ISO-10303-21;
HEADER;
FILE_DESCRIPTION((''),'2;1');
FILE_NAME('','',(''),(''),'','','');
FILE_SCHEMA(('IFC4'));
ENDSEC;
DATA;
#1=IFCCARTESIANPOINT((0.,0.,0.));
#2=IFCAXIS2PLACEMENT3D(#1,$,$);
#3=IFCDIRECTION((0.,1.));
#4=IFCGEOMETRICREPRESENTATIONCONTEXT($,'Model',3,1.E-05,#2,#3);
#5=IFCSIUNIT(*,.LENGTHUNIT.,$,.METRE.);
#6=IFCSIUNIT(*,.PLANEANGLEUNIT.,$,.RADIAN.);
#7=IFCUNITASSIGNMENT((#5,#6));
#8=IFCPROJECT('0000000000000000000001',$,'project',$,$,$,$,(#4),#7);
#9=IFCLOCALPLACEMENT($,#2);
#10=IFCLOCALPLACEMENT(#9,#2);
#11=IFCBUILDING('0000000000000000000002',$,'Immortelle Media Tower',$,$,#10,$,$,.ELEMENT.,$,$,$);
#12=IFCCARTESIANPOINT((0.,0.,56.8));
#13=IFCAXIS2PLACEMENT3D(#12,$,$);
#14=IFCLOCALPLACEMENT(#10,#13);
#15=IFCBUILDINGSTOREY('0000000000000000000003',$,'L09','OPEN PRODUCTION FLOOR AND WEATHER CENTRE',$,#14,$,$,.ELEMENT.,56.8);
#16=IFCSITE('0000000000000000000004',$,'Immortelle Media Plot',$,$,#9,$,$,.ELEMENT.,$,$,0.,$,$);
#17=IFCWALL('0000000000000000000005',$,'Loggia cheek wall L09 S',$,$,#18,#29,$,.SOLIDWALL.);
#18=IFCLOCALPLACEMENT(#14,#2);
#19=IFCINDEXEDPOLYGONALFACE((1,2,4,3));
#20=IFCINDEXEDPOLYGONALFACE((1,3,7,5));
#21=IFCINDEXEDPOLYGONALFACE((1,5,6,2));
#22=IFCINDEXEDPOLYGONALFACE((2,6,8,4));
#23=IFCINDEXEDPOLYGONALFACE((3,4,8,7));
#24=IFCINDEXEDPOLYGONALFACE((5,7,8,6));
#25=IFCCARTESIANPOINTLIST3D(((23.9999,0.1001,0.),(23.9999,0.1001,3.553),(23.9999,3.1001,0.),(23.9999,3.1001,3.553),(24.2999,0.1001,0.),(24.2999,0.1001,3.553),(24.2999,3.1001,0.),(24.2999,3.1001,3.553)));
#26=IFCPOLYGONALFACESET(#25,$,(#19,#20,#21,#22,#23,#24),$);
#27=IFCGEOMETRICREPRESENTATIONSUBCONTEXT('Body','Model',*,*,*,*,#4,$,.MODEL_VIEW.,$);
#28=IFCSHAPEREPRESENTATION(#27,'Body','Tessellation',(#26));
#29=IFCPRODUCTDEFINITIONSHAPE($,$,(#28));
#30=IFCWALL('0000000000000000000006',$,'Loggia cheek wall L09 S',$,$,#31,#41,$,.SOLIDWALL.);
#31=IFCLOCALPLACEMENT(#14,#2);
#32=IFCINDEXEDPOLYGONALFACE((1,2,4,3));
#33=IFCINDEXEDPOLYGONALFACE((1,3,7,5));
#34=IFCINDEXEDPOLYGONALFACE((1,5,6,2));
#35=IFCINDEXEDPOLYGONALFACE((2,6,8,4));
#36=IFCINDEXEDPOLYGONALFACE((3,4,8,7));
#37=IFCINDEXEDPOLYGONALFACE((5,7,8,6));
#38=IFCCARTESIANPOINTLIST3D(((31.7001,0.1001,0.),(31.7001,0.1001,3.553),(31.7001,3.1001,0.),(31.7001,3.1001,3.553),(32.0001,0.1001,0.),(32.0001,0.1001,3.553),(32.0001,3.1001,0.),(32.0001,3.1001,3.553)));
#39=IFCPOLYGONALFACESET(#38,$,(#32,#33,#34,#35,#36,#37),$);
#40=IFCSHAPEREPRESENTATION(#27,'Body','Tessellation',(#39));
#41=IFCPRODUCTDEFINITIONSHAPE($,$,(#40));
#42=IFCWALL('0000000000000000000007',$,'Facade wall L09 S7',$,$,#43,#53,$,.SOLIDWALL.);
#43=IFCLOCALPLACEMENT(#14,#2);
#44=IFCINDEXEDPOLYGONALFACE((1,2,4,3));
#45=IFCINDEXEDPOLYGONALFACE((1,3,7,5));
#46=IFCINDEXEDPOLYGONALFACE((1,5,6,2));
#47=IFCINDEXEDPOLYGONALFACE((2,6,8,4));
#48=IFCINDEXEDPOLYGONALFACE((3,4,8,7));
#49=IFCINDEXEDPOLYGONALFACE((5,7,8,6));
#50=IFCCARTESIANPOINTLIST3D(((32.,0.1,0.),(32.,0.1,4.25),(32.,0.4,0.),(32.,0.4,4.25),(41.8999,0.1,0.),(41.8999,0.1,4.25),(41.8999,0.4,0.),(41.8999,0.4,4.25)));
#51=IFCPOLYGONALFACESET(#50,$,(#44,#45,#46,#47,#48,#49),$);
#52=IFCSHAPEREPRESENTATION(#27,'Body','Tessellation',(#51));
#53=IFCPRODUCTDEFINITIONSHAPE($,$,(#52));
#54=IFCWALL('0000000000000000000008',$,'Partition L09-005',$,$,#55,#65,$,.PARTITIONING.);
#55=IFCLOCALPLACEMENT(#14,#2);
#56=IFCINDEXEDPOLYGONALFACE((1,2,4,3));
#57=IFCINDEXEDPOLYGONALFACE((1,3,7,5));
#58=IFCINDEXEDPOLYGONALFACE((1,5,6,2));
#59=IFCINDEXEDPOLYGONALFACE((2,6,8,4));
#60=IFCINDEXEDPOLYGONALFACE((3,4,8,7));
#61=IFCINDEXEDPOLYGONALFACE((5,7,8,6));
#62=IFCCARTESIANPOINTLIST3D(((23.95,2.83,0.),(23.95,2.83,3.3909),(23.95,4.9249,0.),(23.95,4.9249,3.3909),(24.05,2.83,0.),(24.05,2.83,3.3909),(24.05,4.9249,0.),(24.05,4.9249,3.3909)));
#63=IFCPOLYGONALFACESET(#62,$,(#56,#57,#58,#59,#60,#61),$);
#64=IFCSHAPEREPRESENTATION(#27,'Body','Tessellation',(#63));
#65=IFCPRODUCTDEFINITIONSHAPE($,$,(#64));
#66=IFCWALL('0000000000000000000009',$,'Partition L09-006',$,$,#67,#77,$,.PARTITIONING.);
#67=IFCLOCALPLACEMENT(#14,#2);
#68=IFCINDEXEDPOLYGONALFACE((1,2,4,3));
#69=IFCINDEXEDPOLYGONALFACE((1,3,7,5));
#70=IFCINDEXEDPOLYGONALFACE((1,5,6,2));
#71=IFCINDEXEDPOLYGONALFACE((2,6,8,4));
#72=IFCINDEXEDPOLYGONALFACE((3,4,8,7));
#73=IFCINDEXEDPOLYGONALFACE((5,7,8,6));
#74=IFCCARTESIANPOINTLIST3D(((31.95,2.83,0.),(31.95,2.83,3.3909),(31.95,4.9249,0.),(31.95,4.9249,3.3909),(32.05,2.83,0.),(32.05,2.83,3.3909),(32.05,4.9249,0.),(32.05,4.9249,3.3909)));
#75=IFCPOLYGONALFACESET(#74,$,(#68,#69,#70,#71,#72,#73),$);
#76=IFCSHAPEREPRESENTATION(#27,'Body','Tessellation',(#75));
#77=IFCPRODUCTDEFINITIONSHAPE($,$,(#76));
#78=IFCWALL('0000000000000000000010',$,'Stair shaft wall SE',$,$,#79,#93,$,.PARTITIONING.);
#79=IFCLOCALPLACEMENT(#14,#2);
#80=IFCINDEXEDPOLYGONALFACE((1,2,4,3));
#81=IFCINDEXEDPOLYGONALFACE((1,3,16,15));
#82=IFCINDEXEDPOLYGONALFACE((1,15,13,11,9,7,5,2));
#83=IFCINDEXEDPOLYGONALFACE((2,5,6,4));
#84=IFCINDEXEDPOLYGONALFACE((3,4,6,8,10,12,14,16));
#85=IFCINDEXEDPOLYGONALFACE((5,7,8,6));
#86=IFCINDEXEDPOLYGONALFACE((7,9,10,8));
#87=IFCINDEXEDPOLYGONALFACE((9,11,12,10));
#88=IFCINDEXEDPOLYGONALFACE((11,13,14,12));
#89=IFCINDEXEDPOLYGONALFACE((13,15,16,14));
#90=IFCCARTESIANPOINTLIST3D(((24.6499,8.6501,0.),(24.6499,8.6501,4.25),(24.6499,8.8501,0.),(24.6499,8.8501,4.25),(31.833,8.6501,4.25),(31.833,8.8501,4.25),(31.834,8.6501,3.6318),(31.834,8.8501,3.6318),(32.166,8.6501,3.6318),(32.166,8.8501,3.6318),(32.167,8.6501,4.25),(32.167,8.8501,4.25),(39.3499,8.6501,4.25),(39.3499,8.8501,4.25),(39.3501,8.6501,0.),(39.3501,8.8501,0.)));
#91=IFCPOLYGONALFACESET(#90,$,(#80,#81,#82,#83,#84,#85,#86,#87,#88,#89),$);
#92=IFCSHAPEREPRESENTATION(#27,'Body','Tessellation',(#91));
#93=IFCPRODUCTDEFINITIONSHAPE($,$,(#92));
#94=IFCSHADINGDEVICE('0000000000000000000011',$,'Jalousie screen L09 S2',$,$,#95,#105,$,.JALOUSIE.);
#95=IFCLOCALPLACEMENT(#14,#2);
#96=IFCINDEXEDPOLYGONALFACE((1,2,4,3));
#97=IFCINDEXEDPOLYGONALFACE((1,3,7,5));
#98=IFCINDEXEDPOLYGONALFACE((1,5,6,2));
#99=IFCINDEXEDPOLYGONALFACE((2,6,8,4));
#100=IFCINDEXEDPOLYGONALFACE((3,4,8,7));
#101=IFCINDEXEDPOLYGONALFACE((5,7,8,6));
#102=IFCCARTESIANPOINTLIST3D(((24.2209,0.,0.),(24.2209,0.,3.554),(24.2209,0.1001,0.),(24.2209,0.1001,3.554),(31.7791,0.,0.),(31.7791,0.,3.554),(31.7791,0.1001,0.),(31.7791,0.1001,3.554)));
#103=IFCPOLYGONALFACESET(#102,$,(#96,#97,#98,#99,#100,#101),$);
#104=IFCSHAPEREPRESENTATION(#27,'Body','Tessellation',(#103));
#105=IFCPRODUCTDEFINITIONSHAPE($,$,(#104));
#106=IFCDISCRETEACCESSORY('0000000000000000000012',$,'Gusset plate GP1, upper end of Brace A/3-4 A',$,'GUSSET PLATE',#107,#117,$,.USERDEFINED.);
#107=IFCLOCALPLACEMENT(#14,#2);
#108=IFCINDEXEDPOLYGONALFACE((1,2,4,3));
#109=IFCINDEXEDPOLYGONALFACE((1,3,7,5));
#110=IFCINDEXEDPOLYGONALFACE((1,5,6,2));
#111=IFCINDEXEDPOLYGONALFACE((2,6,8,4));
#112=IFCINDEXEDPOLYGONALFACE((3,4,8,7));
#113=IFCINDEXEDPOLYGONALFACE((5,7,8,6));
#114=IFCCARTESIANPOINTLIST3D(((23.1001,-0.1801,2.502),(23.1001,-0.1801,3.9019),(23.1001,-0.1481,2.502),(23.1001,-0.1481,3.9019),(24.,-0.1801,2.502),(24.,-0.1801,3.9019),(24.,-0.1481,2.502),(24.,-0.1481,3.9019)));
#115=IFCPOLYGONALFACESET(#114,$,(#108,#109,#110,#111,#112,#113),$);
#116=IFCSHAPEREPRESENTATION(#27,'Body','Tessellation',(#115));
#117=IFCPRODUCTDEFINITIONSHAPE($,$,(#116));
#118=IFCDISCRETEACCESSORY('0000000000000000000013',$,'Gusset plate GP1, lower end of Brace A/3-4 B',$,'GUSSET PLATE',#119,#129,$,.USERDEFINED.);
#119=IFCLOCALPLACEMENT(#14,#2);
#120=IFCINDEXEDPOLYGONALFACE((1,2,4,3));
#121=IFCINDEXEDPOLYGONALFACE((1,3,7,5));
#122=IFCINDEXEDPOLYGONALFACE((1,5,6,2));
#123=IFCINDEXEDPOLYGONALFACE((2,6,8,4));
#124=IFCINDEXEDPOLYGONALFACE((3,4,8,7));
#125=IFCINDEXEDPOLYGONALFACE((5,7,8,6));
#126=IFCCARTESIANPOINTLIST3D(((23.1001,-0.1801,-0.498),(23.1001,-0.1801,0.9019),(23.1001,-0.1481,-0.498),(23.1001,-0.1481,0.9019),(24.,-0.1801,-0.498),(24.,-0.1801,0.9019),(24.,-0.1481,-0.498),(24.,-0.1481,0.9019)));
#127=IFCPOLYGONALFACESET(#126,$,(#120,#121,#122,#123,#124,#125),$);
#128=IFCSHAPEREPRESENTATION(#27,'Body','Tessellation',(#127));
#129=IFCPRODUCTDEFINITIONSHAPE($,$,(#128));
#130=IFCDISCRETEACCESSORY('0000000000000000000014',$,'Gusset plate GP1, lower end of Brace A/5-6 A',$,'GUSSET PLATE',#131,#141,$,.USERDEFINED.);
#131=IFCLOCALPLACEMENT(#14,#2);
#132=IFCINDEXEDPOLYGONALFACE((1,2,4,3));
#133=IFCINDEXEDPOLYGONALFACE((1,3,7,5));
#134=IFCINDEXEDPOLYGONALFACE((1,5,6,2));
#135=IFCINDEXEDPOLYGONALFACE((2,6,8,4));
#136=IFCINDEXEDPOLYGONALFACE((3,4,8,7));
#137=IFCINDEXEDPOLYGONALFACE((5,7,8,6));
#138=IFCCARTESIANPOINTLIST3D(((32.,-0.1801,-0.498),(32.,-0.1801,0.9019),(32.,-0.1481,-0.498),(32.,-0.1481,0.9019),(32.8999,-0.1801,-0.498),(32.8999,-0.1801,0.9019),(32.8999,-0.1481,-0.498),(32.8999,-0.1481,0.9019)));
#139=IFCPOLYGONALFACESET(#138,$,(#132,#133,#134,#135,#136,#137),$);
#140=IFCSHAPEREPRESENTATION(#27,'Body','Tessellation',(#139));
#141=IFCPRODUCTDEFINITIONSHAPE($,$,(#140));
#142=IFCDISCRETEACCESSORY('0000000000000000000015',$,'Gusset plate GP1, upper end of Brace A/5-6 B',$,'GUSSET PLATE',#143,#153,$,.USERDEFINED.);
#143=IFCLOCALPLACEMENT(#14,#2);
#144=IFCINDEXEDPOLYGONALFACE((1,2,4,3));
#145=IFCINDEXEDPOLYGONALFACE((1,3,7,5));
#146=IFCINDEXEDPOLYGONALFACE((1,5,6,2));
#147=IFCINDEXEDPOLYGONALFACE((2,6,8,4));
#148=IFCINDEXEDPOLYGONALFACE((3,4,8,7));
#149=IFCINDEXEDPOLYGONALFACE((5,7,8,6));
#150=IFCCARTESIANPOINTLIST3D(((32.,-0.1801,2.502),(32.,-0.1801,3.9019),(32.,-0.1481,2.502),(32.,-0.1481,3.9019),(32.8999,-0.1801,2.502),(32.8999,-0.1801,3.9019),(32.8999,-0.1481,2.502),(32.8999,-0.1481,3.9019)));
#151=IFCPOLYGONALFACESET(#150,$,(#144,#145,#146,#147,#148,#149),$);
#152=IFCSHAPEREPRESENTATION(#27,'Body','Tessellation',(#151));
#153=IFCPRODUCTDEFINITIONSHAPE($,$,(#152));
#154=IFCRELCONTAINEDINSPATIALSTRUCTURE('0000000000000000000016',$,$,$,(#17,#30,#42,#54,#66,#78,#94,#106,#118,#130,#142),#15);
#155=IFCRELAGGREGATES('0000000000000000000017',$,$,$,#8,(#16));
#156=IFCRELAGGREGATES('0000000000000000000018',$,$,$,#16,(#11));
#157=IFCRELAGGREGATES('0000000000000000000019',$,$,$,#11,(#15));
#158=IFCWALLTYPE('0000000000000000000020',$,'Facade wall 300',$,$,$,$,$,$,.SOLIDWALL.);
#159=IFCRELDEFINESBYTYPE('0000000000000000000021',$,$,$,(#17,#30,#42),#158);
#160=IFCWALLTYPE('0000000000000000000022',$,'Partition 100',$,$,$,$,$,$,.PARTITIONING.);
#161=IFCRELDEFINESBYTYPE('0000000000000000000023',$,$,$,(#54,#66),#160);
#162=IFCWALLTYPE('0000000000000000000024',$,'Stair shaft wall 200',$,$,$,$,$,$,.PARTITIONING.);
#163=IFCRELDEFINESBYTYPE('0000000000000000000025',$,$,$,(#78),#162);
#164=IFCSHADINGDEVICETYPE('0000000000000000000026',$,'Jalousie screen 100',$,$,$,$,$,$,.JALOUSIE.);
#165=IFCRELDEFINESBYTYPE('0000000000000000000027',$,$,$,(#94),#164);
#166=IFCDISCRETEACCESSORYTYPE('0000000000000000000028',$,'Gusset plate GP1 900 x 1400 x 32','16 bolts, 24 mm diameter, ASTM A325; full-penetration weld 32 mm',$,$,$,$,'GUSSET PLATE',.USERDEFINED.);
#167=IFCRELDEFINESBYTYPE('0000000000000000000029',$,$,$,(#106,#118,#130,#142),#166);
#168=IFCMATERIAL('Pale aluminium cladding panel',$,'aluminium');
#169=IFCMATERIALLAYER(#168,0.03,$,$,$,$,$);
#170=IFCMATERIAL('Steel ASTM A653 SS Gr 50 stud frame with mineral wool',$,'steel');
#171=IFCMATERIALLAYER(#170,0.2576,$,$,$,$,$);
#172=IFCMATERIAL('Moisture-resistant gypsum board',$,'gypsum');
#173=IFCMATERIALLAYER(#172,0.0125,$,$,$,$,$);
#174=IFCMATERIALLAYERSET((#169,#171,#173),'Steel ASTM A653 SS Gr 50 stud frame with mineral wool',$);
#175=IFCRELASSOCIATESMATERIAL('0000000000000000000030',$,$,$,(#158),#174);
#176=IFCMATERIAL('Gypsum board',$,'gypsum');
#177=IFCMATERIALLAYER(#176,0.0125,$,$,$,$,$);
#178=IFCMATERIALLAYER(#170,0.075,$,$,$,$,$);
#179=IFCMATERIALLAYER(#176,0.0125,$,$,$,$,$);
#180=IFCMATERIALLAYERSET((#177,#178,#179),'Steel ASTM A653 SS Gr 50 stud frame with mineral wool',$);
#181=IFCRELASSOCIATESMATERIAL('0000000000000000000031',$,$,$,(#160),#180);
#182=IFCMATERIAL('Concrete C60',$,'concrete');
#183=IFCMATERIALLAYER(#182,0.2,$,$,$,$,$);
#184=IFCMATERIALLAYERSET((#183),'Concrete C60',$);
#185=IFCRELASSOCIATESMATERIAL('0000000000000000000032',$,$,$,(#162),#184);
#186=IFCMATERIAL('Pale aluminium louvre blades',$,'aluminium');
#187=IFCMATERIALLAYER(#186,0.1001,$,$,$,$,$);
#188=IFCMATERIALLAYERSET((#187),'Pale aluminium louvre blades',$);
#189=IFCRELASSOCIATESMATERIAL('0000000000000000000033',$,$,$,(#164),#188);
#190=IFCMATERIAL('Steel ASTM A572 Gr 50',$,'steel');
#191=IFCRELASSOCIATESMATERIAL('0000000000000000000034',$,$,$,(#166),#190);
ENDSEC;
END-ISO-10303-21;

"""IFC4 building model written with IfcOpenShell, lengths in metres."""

from ifc_helpers import new_model, si_unit, direction, frame, frame_2d, origin, origin_2d, place, context, subcontext, project, spatial, polyline, rectangle, outline, extrude, material, layer, layer_set, material_profile, profile_set, type_object, element, save


model = new_model("IFC4")

# Units and contexts
model_context = context("Model", 3, precision=1e-05, world=origin(), true_north=direction((0.0, 1.0)))
body_context = subcontext(model_context, "Body", "Model", "MODEL_VIEW")
ifc_project = project(units=[si_unit("LENGTHUNIT", "METRE"), si_unit("PLANEANGLEUNIT", "RADIAN")], contexts=[model_context])

# Site, building, storey
site_placement = place(None, origin())
site = spatial("IfcSite", under=ifc_project, at=site_placement, Name="Immortelle Media Plot", CompositionType="ELEMENT", RefElevation=0.0)
building_placement = place(site_placement, origin())
building = spatial("IfcBuilding", under=site, at=building_placement, Name="Immortelle Media Tower", CompositionType="ELEMENT")
storey_placement = place(building_placement, frame((0.0, 0.0, 56.8)))
storey = spatial("IfcBuildingStorey", under=building, at=storey_placement, Name="L09", Description="OPEN PRODUCTION FLOOR AND WEATHER CENTRE", CompositionType="ELEMENT", Elevation=56.8)

# Shared definitions
ifc_material_1 = material(Name="Steel ASTM A653 SS Gr 50 stud frame with mineral wool", Category="steel")

# Shared definitions
ifc_material_2 = material(Name="Pale aluminium cladding panel", Category="aluminium")
ifc_layer_1 = layer(ifc_material_2, 0.03)
ifc_layer_2 = layer(ifc_material_1, 0.2576)
ifc_material_3 = material(Name="Moisture-resistant gypsum board", Category="gypsum")
ifc_layer_3 = layer(ifc_material_3, 0.0125)
ifc_layer_set_1 = layer_set([ifc_layer_1, ifc_layer_2, ifc_layer_3], Name="Steel ASTM A653 SS Gr 50 stud frame with mineral wool")
wall_type_1 = type_object("IfcWallType", Name="Facade wall 300", PredefinedType="SOLIDWALL", material=ifc_layer_set_1)

# Walls
for number, where, z_axis, x_axis, name in (
    (1, (24.1499, 0.1001, 0.0), (0.0, 0.0, 1.0), (0.0, 1.0, 0.0), "Loggia cheek wall L09 S"),
    (2, (31.8501, 0.1001, 0.0), (0.0, 0.0, 1.0), (0.0, 1.0, 0.0), "Loggia cheek wall L09 S"),
):
    element("IfcWall", number, at=place(storey_placement, frame(where, z_axis=z_axis, x_axis=x_axis)), inside=storey, type_object=wall_type_1, Name=name, PredefinedType="SOLIDWALL", context=body_context, shape_type="SweptSolid", body=[
        extrude(rectangle(XDim=3.0, YDim=0.3, at=frame_2d((1.5, 0.0))), origin(), (0.0, 0.0, 1.0), 3.553),
    ])
wall_1_placement = place(storey_placement, frame((32.0, 0.25, 0.0), z_axis=(0.0, 0.0, 1.0), x_axis=(1.0, 0.0, 0.0)))
element("IfcWall", 3, at=wall_1_placement, inside=storey, type_object=wall_type_1, Name="Facade wall L09 S7", PredefinedType="SOLIDWALL", context=body_context, shape_type="SweptSolid", body=[
    extrude(rectangle(XDim=9.8999, YDim=0.3, at=frame_2d((4.95, 0.0))), origin(), (0.0, 0.0, 1.0), 4.25),
])
ifc_material_4 = material(Name="Gypsum board", Category="gypsum")
ifc_layer_4 = layer(ifc_material_4, 0.0125)
ifc_layer_5 = layer(ifc_material_1, 0.075)
ifc_layer_6 = layer(ifc_material_4, 0.0125)
ifc_layer_set_2 = layer_set([ifc_layer_4, ifc_layer_5, ifc_layer_6], Name="Steel ASTM A653 SS Gr 50 stud frame with mineral wool")
wall_type_2 = type_object("IfcWallType", Name="Partition 100", PredefinedType="PARTITIONING", material=ifc_layer_set_2)
for number, where, z_axis, x_axis, name in (
    (4, (24.0, 2.8301, 0.0), (0.0, 0.0, 1.0), (0.0, 1.0, 0.0), "Partition L09-005"),
    (5, (32.0, 2.8301, 0.0), (0.0, 0.0, 1.0), (0.0, 1.0, 0.0), "Partition L09-006"),
):
    element("IfcWall", number, at=place(storey_placement, frame(where, z_axis=z_axis, x_axis=x_axis)), inside=storey, type_object=wall_type_2, Name=name, PredefinedType="PARTITIONING", context=body_context, shape_type="SweptSolid", body=[
        extrude(rectangle(XDim=2.095, YDim=0.1001, at=frame_2d((1.0474, 0.0))), origin(), (0.0, 0.0, 1.0), 3.3909),
    ])
ifc_material_5 = material(Name="Concrete C60", Category="concrete")
ifc_layer_7 = layer(ifc_material_5, 0.2)
ifc_layer_set_3 = layer_set([ifc_layer_7], Name="Concrete C60")
wall_type_3 = type_object("IfcWallType", Name="Stair shaft wall 200", PredefinedType="PARTITIONING", material=ifc_layer_set_3)
wall_2_placement = place(storey_placement, frame((24.6499, 8.75, 0.0), z_axis=(0.0, 0.0, 1.0), x_axis=(1.0, 0.0, 0.0)))
element("IfcWall", 6, at=wall_2_placement, inside=storey, type_object=wall_type_3, Name="Stair shaft wall SE", PredefinedType="PARTITIONING", context=body_context, shape_type="SweptSolid", body=[
    extrude(outline(polyline([(0.0, 0.0), (14.7002, 0.0), (14.7, 4.25), (7.5171, 4.25), (7.5161, 3.6318), (7.1841, 3.6318), (7.1831, 4.25), (0.0, 4.25), (0.0, 0.0)])), frame((0.0, 0.1001, 0.0), z_axis=(0.0, -1.0, 0.0), x_axis=(1.0, 0.0, 0.0)), (0.0, 0.0, 1.0), 0.2),
])

# Shading device
ifc_material_6 = material(Name="Pale aluminium louvre blades", Category="aluminium")
ifc_layer_8 = layer(ifc_material_6, 0.1001)
ifc_layer_set_4 = layer_set([ifc_layer_8], Name="Pale aluminium louvre blades")
shading_device_type = type_object("IfcShadingDeviceType", Name="Jalousie screen 100", PredefinedType="JALOUSIE", material=ifc_layer_set_4)
shading_device_placement = place(storey_placement, frame((28.0, 0.05, 0.0), z_axis=(0.0, 0.0, 1.0), x_axis=(1.0, 0.0, 0.0)))
element("IfcShadingDevice", 7, at=shading_device_placement, inside=storey, type_object=shading_device_type, Name="Jalousie screen L09 S2", PredefinedType="JALOUSIE", context=body_context, shape_type="SweptSolid", body=[
    extrude(rectangle(XDim=7.5581, YDim=0.1001, at=origin_2d()), origin(), (0.0, 0.0, 1.0), 3.554),
])

# Discrete accessories
ifc_material_7 = material(Name="Steel ASTM A572 Gr 50", Category="steel")
ifc_material_profile_1 = material_profile(ifc_material_7, rectangle(XDim=0.032, YDim=1.3999, at=origin_2d()), Name="PL 32 x 1400")
ifc_profile_set_1 = profile_set([ifc_material_profile_1], Name="Steel ASTM A572 Gr 50")
discrete_accessory_type = type_object("IfcDiscreteAccessoryType", Name="Gusset plate GP1 900 x 1400 x 32", Description="16 bolts, 24 mm diameter, ASTM A325; full-penetration weld 32 mm", ElementType="GUSSET PLATE", PredefinedType="USERDEFINED", material=ifc_profile_set_1)
for number, where, z_axis, x_axis, name in (
    (8, (24.0, -0.1641, 3.2019), (-1.0, 0.0, 0.0), (0.0, -1.0, 0.0), "Gusset plate GP1, upper end of Brace A/3-4 A"),
    (9, (24.0, -0.1641, 0.2019), (-1.0, 0.0, 0.0), (0.0, -1.0, 0.0), "Gusset plate GP1, lower end of Brace A/3-4 B"),
    (10, (32.0, -0.1641, 0.2019), (1.0, 0.0, 0.0), (0.0, 1.0, 0.0), "Gusset plate GP1, lower end of Brace A/5-6 A"),
    (11, (32.0, -0.1641, 3.2019), (1.0, 0.0, 0.0), (0.0, 1.0, 0.0), "Gusset plate GP1, upper end of Brace A/5-6 B"),
):
    element("IfcDiscreteAccessory", number, at=place(storey_placement, frame(where, z_axis=z_axis, x_axis=x_axis)), inside=storey, type_object=discrete_accessory_type, Name=name, ObjectType="GUSSET PLATE", PredefinedType="USERDEFINED", context=body_context, shape_type="SweptSolid", body=[
        extrude(rectangle(XDim=0.032, YDim=1.3999, at=origin_2d()), origin(), (0.0, 0.0, 1.0), 0.8999),
    ])

save(model, "model.ifc")
